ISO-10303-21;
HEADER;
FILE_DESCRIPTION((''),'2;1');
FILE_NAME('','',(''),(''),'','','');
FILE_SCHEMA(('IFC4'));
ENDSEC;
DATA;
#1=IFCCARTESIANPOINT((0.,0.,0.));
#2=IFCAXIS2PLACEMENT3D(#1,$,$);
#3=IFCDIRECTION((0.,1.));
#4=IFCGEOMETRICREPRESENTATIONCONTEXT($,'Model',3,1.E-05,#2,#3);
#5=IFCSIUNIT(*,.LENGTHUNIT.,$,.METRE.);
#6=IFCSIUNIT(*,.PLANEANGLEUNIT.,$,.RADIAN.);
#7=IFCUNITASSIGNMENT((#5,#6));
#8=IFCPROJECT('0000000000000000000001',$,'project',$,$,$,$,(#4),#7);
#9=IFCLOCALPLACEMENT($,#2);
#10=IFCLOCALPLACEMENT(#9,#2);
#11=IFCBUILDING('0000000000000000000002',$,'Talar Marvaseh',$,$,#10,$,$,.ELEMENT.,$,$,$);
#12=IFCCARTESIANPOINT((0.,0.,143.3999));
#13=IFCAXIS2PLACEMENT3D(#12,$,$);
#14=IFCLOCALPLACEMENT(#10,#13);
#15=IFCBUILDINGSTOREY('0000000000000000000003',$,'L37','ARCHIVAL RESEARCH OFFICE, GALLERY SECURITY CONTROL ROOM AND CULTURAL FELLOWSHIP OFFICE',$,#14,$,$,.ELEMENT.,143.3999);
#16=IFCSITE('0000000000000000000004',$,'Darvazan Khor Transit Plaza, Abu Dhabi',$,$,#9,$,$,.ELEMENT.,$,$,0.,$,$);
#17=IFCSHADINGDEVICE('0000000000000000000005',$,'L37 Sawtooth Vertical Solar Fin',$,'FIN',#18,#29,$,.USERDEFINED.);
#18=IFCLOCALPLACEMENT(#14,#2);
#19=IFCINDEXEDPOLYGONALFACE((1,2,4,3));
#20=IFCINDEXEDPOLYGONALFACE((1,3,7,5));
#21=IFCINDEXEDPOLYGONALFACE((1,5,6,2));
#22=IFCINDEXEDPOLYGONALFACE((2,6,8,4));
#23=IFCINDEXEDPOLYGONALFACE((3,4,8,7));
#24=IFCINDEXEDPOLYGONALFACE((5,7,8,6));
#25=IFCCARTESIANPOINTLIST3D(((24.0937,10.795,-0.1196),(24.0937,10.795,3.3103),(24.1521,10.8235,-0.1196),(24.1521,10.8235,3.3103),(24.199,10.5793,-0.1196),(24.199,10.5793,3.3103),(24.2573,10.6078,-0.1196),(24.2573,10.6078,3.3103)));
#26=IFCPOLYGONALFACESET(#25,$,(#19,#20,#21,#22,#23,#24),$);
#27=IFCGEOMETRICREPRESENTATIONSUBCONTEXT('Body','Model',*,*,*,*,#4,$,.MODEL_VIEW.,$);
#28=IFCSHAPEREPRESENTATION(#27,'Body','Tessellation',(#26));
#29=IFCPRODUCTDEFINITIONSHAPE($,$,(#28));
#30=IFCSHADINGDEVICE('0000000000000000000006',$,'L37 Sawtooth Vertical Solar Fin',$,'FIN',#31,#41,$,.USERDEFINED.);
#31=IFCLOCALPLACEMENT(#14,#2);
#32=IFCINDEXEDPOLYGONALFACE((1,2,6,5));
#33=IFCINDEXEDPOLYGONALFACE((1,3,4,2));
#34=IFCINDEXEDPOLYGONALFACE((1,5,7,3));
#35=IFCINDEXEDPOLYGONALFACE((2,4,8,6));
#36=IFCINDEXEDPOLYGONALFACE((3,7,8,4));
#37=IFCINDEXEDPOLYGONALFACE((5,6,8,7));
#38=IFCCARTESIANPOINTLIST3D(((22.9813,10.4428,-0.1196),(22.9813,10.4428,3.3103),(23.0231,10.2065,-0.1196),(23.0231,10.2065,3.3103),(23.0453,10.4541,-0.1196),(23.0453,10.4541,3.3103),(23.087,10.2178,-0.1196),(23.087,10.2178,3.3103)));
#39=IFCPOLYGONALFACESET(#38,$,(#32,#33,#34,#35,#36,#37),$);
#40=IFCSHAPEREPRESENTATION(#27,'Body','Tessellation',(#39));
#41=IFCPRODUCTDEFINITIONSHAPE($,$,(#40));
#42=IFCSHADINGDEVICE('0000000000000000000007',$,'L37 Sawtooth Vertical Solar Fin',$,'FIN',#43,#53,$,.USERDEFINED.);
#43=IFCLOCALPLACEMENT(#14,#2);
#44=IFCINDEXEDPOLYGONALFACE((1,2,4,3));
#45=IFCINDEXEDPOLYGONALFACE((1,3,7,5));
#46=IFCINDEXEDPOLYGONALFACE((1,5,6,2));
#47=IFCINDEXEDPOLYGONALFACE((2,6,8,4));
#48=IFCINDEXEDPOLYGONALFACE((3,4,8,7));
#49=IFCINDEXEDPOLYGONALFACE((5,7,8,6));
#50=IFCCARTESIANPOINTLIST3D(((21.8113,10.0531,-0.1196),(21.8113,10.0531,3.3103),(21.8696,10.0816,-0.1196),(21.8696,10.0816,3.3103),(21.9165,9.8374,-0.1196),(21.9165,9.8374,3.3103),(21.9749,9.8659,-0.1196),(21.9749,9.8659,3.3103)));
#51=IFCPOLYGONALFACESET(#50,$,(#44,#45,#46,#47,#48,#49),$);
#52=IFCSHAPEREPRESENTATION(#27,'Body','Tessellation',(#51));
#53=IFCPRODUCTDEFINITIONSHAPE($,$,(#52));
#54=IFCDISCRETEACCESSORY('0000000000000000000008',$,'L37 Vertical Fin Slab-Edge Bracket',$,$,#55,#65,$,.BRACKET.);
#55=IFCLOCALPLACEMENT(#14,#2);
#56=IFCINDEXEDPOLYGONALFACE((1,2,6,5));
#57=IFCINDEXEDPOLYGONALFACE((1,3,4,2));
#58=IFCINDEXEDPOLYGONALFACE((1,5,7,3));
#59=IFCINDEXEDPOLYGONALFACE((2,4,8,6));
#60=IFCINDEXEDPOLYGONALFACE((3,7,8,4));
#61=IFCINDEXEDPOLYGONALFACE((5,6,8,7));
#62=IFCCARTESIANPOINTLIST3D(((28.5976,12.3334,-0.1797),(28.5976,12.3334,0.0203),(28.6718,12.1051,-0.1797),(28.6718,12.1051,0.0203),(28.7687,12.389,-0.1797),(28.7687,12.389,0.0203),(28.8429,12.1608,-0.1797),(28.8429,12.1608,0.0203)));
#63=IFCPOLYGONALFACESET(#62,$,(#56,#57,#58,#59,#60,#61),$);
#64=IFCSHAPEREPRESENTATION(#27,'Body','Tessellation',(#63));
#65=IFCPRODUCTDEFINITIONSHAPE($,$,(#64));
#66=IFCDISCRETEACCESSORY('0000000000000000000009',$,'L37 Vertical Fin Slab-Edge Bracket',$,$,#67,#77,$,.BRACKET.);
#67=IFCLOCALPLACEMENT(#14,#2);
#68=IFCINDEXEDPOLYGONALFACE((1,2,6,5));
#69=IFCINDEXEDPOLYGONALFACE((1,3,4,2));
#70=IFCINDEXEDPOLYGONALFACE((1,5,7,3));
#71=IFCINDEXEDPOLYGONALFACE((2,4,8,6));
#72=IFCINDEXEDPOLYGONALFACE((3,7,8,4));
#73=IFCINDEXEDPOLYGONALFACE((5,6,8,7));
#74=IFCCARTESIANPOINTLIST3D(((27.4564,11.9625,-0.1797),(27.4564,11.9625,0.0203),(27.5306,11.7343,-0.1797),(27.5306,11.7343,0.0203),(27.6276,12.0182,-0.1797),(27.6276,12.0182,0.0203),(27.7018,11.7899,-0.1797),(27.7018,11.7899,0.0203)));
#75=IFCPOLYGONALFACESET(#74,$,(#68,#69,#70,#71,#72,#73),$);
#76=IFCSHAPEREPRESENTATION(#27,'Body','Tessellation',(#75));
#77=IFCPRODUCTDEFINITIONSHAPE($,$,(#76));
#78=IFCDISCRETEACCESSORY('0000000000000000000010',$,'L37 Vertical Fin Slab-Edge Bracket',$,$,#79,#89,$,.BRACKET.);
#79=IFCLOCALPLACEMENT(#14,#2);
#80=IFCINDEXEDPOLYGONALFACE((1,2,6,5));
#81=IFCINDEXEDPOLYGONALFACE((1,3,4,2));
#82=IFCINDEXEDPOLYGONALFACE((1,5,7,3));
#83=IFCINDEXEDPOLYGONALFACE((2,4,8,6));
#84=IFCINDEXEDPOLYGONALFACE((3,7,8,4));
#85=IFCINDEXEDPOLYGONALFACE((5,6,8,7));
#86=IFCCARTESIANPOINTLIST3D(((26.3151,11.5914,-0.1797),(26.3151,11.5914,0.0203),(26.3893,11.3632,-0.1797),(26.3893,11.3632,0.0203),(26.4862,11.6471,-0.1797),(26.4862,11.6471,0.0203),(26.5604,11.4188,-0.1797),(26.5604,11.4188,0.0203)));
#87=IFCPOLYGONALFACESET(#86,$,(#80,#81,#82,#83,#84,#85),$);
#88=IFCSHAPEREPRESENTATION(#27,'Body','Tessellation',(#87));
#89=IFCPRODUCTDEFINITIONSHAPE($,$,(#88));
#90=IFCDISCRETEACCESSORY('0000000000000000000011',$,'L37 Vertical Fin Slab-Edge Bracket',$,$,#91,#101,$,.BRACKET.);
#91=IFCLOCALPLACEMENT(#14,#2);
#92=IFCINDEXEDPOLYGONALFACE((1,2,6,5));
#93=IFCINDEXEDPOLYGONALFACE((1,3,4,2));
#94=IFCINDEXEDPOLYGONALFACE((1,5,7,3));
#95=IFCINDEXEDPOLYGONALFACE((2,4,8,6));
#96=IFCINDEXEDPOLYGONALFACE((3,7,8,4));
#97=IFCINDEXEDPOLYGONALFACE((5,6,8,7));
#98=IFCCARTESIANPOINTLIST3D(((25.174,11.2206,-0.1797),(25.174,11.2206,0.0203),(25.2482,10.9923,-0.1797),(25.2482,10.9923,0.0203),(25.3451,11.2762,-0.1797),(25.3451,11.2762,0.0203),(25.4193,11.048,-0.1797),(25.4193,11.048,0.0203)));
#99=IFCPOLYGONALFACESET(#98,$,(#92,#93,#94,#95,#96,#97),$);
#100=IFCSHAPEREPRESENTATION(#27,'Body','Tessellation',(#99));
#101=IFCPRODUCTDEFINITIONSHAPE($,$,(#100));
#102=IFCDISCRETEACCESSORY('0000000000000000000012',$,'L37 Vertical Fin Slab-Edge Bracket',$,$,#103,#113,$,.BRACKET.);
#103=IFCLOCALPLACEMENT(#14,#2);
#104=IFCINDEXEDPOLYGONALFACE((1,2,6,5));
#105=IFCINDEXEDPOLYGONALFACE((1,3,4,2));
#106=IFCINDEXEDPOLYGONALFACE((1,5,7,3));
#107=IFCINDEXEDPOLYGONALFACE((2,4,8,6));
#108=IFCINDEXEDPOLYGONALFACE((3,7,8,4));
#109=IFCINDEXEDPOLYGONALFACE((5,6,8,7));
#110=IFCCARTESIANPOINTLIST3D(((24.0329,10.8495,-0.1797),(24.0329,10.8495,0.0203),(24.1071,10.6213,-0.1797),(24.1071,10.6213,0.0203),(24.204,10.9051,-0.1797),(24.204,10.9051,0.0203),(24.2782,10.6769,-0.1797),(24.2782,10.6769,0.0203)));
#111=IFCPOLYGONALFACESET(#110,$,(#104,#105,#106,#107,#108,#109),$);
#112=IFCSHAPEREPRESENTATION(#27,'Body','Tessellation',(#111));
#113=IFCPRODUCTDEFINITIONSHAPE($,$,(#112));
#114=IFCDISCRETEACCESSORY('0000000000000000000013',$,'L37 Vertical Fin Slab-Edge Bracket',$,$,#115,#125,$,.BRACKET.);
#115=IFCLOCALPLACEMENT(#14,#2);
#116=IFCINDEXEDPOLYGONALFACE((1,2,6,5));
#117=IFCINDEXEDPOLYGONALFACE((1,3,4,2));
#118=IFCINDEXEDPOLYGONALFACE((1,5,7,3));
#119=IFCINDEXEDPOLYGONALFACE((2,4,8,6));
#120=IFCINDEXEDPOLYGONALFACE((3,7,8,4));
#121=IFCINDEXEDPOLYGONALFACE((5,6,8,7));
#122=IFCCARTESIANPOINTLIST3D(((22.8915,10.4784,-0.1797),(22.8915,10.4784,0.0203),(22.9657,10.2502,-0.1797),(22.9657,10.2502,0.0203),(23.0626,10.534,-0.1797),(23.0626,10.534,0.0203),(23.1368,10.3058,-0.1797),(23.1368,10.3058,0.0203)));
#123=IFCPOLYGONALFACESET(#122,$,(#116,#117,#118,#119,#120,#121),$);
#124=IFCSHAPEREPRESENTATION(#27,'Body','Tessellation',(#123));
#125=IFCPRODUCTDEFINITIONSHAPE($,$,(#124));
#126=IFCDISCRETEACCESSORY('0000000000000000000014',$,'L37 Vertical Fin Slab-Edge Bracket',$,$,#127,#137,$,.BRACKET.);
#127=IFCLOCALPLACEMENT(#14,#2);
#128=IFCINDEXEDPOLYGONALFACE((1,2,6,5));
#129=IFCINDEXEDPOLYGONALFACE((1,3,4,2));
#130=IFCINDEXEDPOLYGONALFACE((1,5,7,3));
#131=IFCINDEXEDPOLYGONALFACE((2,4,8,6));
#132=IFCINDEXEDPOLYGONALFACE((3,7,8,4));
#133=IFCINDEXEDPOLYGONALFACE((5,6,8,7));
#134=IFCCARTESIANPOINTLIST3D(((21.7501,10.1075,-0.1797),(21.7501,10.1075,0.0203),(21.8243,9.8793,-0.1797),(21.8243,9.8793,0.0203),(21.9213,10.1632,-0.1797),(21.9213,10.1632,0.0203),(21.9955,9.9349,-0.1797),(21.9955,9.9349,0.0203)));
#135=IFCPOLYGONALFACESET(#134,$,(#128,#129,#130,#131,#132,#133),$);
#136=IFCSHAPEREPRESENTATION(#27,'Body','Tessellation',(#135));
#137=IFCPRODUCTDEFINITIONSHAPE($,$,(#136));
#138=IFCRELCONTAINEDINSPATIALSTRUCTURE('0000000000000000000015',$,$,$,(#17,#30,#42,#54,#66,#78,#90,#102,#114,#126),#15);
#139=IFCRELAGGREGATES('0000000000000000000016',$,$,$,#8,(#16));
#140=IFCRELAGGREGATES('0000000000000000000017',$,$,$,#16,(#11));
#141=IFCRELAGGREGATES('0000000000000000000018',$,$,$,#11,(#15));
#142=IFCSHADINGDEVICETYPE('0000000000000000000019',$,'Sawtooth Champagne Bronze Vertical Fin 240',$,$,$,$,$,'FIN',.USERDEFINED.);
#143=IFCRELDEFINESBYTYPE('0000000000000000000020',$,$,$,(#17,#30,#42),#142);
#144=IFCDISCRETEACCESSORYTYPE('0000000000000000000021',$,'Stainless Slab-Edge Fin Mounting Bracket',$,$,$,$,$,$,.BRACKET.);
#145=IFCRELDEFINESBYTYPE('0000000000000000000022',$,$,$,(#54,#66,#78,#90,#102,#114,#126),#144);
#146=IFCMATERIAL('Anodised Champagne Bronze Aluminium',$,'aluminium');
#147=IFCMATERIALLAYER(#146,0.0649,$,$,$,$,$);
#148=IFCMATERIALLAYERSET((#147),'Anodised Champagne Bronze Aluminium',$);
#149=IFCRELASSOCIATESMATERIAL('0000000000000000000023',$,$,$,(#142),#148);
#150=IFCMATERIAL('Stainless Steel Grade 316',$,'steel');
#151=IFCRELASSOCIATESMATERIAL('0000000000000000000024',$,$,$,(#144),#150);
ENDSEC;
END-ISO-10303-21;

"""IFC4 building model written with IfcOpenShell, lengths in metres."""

from ifc_helpers import new_model, si_unit, direction, frame, origin, origin_2d, place, context, subcontext, project, spatial, rectangle, extrude, source, transform, mapped, material, layer, layer_set, type_object, type_shapes, element, save


model = new_model("IFC4")

# Units and contexts
model_context = context("Model", 3, precision=1e-05, world=origin(), true_north=direction((0.0, 1.0)))
body_context = subcontext(model_context, "Body", "Model", "MODEL_VIEW")
ifc_project = project(units=[si_unit("LENGTHUNIT", "METRE"), si_unit("PLANEANGLEUNIT", "RADIAN")], contexts=[model_context])

# Site, building, storey
site_placement = place(None, origin())
site = spatial("IfcSite", under=ifc_project, at=site_placement, Name="Darvazan Khor Transit Plaza, Abu Dhabi", CompositionType="ELEMENT", RefElevation=0.0)
building_placement = place(site_placement, origin())
building = spatial("IfcBuilding", under=site, at=building_placement, Name="Talar Marvaseh", CompositionType="ELEMENT")
storey_placement = place(building_placement, frame((0.0, 0.0, 143.3999)))
storey = spatial("IfcBuildingStorey", under=building, at=storey_placement, Name="L37", Description="ARCHIVAL RESEARCH OFFICE, GALLERY SECURITY CONTROL ROOM AND CULTURAL FELLOWSHIP OFFICE", CompositionType="ELEMENT", Elevation=143.3999)

# Shading devices
ifc_material_1 = material(Name="Anodised Champagne Bronze Aluminium", Category="aluminium")
ifc_layer_1 = layer(ifc_material_1, 0.0649)
ifc_layer_set_1 = layer_set([ifc_layer_1], Name="Anodised Champagne Bronze Aluminium")
shading_device_type = type_object("IfcShadingDeviceType", Name="Sawtooth Champagne Bronze Vertical Fin 240", ElementType="FIN", PredefinedType="USERDEFINED", material=ifc_layer_set_1)
shared_shape_1 = source(origin(), body_context, "Body", "SweptSolid", [
    extrude(rectangle(XDim=0.24, YDim=0.0649, at=origin_2d()), origin(), (0.0, 0.0, 1.0), 3.4299),
])
type_shapes(shading_device_type, [shared_shape_1])
for number, where, z_axis, x_axis, name in (
    (1, (24.1755, 10.7014, -0.1196), (0.0, 0.0, 1.0), (0.438528, -0.898718, 0.0), "L37 Sawtooth Vertical Solar Fin"),
    (2, (23.0342, 10.3303, -0.1196), (0.0, 0.0, 1.0), (0.17382, -0.984777, 0.0), "L37 Sawtooth Vertical Solar Fin"),
    (3, (21.8931, 9.9595, -0.1196), (0.0, 0.0, 1.0), (0.438528, -0.898718, 0.0), "L37 Sawtooth Vertical Solar Fin"),
):
    element("IfcShadingDevice", number, at=place(storey_placement, frame(where, z_axis=z_axis, x_axis=x_axis)), inside=storey, type_object=shading_device_type, Name=name, ObjectType="FIN", PredefinedType="USERDEFINED", context=body_context, shape_type="MappedRepresentation", body=[
        mapped(shared_shape_1, transform((0.0, 0.0, 0.0), x_axis=(1.0, 0.0, 0.0), y_axis=(0.0, 1.0, 0.0), z_axis=(0.0, 0.0, 1.0), scale=1.0)),
    ])

# Discrete accessories
ifc_material_2 = material(Name="Stainless Steel Grade 316", Category="steel")
discrete_accessory_type = type_object("IfcDiscreteAccessoryType", Name="Stainless Slab-Edge Fin Mounting Bracket", PredefinedType="BRACKET", material=ifc_material_2)
shared_shape_2 = source(origin(), body_context, "Body", "SweptSolid", [
    extrude(rectangle(XDim=0.24, YDim=0.1799, at=origin_2d()), origin(), (0.0, 0.0, 1.0), 0.2),
])
type_shapes(discrete_accessory_type, [shared_shape_2])
for number, where, z_axis, x_axis, name in (
    (4, (28.7202, 12.2471, -0.1797), (0.0, 0.0, 1.0), (0.309183, -0.951003, 0.0), "L37 Vertical Fin Slab-Edge Bracket"),
    (5, (27.5791, 11.8762, -0.1797), (0.0, 0.0, 1.0), (0.309183, -0.951003, 0.0), "L37 Vertical Fin Slab-Edge Bracket"),
    (6, (26.4377, 11.5051, -0.1797), (0.0, 0.0, 1.0), (0.309183, -0.951003, 0.0), "L37 Vertical Fin Slab-Edge Bracket"),
    (7, (25.2966, 11.1343, -0.1797), (0.0, 0.0, 1.0), (0.309183, -0.951003, 0.0), "L37 Vertical Fin Slab-Edge Bracket"),
    (8, (24.1555, 10.7632, -0.1797), (0.0, 0.0, 1.0), (0.309183, -0.951003, 0.0), "L37 Vertical Fin Slab-Edge Bracket"),
    (9, (23.0142, 10.3921, -0.1797), (0.0, 0.0, 1.0), (0.309183, -0.951003, 0.0), "L37 Vertical Fin Slab-Edge Bracket"),
    (10, (21.8728, 10.0212, -0.1797), (0.0, 0.0, 1.0), (0.309183, -0.951003, 0.0), "L37 Vertical Fin Slab-Edge Bracket"),
):
    element("IfcDiscreteAccessory", number, at=place(storey_placement, frame(where, z_axis=z_axis, x_axis=x_axis)), inside=storey, type_object=discrete_accessory_type, Name=name, PredefinedType="BRACKET", context=body_context, shape_type="MappedRepresentation", body=[
        mapped(shared_shape_2, transform((0.0, 0.0, 0.0), x_axis=(1.0, 0.0, 0.0), y_axis=(0.0, 1.0, 0.0), z_axis=(0.0, 0.0, 1.0), scale=1.0)),
    ])

save(model, "model.ifc")
